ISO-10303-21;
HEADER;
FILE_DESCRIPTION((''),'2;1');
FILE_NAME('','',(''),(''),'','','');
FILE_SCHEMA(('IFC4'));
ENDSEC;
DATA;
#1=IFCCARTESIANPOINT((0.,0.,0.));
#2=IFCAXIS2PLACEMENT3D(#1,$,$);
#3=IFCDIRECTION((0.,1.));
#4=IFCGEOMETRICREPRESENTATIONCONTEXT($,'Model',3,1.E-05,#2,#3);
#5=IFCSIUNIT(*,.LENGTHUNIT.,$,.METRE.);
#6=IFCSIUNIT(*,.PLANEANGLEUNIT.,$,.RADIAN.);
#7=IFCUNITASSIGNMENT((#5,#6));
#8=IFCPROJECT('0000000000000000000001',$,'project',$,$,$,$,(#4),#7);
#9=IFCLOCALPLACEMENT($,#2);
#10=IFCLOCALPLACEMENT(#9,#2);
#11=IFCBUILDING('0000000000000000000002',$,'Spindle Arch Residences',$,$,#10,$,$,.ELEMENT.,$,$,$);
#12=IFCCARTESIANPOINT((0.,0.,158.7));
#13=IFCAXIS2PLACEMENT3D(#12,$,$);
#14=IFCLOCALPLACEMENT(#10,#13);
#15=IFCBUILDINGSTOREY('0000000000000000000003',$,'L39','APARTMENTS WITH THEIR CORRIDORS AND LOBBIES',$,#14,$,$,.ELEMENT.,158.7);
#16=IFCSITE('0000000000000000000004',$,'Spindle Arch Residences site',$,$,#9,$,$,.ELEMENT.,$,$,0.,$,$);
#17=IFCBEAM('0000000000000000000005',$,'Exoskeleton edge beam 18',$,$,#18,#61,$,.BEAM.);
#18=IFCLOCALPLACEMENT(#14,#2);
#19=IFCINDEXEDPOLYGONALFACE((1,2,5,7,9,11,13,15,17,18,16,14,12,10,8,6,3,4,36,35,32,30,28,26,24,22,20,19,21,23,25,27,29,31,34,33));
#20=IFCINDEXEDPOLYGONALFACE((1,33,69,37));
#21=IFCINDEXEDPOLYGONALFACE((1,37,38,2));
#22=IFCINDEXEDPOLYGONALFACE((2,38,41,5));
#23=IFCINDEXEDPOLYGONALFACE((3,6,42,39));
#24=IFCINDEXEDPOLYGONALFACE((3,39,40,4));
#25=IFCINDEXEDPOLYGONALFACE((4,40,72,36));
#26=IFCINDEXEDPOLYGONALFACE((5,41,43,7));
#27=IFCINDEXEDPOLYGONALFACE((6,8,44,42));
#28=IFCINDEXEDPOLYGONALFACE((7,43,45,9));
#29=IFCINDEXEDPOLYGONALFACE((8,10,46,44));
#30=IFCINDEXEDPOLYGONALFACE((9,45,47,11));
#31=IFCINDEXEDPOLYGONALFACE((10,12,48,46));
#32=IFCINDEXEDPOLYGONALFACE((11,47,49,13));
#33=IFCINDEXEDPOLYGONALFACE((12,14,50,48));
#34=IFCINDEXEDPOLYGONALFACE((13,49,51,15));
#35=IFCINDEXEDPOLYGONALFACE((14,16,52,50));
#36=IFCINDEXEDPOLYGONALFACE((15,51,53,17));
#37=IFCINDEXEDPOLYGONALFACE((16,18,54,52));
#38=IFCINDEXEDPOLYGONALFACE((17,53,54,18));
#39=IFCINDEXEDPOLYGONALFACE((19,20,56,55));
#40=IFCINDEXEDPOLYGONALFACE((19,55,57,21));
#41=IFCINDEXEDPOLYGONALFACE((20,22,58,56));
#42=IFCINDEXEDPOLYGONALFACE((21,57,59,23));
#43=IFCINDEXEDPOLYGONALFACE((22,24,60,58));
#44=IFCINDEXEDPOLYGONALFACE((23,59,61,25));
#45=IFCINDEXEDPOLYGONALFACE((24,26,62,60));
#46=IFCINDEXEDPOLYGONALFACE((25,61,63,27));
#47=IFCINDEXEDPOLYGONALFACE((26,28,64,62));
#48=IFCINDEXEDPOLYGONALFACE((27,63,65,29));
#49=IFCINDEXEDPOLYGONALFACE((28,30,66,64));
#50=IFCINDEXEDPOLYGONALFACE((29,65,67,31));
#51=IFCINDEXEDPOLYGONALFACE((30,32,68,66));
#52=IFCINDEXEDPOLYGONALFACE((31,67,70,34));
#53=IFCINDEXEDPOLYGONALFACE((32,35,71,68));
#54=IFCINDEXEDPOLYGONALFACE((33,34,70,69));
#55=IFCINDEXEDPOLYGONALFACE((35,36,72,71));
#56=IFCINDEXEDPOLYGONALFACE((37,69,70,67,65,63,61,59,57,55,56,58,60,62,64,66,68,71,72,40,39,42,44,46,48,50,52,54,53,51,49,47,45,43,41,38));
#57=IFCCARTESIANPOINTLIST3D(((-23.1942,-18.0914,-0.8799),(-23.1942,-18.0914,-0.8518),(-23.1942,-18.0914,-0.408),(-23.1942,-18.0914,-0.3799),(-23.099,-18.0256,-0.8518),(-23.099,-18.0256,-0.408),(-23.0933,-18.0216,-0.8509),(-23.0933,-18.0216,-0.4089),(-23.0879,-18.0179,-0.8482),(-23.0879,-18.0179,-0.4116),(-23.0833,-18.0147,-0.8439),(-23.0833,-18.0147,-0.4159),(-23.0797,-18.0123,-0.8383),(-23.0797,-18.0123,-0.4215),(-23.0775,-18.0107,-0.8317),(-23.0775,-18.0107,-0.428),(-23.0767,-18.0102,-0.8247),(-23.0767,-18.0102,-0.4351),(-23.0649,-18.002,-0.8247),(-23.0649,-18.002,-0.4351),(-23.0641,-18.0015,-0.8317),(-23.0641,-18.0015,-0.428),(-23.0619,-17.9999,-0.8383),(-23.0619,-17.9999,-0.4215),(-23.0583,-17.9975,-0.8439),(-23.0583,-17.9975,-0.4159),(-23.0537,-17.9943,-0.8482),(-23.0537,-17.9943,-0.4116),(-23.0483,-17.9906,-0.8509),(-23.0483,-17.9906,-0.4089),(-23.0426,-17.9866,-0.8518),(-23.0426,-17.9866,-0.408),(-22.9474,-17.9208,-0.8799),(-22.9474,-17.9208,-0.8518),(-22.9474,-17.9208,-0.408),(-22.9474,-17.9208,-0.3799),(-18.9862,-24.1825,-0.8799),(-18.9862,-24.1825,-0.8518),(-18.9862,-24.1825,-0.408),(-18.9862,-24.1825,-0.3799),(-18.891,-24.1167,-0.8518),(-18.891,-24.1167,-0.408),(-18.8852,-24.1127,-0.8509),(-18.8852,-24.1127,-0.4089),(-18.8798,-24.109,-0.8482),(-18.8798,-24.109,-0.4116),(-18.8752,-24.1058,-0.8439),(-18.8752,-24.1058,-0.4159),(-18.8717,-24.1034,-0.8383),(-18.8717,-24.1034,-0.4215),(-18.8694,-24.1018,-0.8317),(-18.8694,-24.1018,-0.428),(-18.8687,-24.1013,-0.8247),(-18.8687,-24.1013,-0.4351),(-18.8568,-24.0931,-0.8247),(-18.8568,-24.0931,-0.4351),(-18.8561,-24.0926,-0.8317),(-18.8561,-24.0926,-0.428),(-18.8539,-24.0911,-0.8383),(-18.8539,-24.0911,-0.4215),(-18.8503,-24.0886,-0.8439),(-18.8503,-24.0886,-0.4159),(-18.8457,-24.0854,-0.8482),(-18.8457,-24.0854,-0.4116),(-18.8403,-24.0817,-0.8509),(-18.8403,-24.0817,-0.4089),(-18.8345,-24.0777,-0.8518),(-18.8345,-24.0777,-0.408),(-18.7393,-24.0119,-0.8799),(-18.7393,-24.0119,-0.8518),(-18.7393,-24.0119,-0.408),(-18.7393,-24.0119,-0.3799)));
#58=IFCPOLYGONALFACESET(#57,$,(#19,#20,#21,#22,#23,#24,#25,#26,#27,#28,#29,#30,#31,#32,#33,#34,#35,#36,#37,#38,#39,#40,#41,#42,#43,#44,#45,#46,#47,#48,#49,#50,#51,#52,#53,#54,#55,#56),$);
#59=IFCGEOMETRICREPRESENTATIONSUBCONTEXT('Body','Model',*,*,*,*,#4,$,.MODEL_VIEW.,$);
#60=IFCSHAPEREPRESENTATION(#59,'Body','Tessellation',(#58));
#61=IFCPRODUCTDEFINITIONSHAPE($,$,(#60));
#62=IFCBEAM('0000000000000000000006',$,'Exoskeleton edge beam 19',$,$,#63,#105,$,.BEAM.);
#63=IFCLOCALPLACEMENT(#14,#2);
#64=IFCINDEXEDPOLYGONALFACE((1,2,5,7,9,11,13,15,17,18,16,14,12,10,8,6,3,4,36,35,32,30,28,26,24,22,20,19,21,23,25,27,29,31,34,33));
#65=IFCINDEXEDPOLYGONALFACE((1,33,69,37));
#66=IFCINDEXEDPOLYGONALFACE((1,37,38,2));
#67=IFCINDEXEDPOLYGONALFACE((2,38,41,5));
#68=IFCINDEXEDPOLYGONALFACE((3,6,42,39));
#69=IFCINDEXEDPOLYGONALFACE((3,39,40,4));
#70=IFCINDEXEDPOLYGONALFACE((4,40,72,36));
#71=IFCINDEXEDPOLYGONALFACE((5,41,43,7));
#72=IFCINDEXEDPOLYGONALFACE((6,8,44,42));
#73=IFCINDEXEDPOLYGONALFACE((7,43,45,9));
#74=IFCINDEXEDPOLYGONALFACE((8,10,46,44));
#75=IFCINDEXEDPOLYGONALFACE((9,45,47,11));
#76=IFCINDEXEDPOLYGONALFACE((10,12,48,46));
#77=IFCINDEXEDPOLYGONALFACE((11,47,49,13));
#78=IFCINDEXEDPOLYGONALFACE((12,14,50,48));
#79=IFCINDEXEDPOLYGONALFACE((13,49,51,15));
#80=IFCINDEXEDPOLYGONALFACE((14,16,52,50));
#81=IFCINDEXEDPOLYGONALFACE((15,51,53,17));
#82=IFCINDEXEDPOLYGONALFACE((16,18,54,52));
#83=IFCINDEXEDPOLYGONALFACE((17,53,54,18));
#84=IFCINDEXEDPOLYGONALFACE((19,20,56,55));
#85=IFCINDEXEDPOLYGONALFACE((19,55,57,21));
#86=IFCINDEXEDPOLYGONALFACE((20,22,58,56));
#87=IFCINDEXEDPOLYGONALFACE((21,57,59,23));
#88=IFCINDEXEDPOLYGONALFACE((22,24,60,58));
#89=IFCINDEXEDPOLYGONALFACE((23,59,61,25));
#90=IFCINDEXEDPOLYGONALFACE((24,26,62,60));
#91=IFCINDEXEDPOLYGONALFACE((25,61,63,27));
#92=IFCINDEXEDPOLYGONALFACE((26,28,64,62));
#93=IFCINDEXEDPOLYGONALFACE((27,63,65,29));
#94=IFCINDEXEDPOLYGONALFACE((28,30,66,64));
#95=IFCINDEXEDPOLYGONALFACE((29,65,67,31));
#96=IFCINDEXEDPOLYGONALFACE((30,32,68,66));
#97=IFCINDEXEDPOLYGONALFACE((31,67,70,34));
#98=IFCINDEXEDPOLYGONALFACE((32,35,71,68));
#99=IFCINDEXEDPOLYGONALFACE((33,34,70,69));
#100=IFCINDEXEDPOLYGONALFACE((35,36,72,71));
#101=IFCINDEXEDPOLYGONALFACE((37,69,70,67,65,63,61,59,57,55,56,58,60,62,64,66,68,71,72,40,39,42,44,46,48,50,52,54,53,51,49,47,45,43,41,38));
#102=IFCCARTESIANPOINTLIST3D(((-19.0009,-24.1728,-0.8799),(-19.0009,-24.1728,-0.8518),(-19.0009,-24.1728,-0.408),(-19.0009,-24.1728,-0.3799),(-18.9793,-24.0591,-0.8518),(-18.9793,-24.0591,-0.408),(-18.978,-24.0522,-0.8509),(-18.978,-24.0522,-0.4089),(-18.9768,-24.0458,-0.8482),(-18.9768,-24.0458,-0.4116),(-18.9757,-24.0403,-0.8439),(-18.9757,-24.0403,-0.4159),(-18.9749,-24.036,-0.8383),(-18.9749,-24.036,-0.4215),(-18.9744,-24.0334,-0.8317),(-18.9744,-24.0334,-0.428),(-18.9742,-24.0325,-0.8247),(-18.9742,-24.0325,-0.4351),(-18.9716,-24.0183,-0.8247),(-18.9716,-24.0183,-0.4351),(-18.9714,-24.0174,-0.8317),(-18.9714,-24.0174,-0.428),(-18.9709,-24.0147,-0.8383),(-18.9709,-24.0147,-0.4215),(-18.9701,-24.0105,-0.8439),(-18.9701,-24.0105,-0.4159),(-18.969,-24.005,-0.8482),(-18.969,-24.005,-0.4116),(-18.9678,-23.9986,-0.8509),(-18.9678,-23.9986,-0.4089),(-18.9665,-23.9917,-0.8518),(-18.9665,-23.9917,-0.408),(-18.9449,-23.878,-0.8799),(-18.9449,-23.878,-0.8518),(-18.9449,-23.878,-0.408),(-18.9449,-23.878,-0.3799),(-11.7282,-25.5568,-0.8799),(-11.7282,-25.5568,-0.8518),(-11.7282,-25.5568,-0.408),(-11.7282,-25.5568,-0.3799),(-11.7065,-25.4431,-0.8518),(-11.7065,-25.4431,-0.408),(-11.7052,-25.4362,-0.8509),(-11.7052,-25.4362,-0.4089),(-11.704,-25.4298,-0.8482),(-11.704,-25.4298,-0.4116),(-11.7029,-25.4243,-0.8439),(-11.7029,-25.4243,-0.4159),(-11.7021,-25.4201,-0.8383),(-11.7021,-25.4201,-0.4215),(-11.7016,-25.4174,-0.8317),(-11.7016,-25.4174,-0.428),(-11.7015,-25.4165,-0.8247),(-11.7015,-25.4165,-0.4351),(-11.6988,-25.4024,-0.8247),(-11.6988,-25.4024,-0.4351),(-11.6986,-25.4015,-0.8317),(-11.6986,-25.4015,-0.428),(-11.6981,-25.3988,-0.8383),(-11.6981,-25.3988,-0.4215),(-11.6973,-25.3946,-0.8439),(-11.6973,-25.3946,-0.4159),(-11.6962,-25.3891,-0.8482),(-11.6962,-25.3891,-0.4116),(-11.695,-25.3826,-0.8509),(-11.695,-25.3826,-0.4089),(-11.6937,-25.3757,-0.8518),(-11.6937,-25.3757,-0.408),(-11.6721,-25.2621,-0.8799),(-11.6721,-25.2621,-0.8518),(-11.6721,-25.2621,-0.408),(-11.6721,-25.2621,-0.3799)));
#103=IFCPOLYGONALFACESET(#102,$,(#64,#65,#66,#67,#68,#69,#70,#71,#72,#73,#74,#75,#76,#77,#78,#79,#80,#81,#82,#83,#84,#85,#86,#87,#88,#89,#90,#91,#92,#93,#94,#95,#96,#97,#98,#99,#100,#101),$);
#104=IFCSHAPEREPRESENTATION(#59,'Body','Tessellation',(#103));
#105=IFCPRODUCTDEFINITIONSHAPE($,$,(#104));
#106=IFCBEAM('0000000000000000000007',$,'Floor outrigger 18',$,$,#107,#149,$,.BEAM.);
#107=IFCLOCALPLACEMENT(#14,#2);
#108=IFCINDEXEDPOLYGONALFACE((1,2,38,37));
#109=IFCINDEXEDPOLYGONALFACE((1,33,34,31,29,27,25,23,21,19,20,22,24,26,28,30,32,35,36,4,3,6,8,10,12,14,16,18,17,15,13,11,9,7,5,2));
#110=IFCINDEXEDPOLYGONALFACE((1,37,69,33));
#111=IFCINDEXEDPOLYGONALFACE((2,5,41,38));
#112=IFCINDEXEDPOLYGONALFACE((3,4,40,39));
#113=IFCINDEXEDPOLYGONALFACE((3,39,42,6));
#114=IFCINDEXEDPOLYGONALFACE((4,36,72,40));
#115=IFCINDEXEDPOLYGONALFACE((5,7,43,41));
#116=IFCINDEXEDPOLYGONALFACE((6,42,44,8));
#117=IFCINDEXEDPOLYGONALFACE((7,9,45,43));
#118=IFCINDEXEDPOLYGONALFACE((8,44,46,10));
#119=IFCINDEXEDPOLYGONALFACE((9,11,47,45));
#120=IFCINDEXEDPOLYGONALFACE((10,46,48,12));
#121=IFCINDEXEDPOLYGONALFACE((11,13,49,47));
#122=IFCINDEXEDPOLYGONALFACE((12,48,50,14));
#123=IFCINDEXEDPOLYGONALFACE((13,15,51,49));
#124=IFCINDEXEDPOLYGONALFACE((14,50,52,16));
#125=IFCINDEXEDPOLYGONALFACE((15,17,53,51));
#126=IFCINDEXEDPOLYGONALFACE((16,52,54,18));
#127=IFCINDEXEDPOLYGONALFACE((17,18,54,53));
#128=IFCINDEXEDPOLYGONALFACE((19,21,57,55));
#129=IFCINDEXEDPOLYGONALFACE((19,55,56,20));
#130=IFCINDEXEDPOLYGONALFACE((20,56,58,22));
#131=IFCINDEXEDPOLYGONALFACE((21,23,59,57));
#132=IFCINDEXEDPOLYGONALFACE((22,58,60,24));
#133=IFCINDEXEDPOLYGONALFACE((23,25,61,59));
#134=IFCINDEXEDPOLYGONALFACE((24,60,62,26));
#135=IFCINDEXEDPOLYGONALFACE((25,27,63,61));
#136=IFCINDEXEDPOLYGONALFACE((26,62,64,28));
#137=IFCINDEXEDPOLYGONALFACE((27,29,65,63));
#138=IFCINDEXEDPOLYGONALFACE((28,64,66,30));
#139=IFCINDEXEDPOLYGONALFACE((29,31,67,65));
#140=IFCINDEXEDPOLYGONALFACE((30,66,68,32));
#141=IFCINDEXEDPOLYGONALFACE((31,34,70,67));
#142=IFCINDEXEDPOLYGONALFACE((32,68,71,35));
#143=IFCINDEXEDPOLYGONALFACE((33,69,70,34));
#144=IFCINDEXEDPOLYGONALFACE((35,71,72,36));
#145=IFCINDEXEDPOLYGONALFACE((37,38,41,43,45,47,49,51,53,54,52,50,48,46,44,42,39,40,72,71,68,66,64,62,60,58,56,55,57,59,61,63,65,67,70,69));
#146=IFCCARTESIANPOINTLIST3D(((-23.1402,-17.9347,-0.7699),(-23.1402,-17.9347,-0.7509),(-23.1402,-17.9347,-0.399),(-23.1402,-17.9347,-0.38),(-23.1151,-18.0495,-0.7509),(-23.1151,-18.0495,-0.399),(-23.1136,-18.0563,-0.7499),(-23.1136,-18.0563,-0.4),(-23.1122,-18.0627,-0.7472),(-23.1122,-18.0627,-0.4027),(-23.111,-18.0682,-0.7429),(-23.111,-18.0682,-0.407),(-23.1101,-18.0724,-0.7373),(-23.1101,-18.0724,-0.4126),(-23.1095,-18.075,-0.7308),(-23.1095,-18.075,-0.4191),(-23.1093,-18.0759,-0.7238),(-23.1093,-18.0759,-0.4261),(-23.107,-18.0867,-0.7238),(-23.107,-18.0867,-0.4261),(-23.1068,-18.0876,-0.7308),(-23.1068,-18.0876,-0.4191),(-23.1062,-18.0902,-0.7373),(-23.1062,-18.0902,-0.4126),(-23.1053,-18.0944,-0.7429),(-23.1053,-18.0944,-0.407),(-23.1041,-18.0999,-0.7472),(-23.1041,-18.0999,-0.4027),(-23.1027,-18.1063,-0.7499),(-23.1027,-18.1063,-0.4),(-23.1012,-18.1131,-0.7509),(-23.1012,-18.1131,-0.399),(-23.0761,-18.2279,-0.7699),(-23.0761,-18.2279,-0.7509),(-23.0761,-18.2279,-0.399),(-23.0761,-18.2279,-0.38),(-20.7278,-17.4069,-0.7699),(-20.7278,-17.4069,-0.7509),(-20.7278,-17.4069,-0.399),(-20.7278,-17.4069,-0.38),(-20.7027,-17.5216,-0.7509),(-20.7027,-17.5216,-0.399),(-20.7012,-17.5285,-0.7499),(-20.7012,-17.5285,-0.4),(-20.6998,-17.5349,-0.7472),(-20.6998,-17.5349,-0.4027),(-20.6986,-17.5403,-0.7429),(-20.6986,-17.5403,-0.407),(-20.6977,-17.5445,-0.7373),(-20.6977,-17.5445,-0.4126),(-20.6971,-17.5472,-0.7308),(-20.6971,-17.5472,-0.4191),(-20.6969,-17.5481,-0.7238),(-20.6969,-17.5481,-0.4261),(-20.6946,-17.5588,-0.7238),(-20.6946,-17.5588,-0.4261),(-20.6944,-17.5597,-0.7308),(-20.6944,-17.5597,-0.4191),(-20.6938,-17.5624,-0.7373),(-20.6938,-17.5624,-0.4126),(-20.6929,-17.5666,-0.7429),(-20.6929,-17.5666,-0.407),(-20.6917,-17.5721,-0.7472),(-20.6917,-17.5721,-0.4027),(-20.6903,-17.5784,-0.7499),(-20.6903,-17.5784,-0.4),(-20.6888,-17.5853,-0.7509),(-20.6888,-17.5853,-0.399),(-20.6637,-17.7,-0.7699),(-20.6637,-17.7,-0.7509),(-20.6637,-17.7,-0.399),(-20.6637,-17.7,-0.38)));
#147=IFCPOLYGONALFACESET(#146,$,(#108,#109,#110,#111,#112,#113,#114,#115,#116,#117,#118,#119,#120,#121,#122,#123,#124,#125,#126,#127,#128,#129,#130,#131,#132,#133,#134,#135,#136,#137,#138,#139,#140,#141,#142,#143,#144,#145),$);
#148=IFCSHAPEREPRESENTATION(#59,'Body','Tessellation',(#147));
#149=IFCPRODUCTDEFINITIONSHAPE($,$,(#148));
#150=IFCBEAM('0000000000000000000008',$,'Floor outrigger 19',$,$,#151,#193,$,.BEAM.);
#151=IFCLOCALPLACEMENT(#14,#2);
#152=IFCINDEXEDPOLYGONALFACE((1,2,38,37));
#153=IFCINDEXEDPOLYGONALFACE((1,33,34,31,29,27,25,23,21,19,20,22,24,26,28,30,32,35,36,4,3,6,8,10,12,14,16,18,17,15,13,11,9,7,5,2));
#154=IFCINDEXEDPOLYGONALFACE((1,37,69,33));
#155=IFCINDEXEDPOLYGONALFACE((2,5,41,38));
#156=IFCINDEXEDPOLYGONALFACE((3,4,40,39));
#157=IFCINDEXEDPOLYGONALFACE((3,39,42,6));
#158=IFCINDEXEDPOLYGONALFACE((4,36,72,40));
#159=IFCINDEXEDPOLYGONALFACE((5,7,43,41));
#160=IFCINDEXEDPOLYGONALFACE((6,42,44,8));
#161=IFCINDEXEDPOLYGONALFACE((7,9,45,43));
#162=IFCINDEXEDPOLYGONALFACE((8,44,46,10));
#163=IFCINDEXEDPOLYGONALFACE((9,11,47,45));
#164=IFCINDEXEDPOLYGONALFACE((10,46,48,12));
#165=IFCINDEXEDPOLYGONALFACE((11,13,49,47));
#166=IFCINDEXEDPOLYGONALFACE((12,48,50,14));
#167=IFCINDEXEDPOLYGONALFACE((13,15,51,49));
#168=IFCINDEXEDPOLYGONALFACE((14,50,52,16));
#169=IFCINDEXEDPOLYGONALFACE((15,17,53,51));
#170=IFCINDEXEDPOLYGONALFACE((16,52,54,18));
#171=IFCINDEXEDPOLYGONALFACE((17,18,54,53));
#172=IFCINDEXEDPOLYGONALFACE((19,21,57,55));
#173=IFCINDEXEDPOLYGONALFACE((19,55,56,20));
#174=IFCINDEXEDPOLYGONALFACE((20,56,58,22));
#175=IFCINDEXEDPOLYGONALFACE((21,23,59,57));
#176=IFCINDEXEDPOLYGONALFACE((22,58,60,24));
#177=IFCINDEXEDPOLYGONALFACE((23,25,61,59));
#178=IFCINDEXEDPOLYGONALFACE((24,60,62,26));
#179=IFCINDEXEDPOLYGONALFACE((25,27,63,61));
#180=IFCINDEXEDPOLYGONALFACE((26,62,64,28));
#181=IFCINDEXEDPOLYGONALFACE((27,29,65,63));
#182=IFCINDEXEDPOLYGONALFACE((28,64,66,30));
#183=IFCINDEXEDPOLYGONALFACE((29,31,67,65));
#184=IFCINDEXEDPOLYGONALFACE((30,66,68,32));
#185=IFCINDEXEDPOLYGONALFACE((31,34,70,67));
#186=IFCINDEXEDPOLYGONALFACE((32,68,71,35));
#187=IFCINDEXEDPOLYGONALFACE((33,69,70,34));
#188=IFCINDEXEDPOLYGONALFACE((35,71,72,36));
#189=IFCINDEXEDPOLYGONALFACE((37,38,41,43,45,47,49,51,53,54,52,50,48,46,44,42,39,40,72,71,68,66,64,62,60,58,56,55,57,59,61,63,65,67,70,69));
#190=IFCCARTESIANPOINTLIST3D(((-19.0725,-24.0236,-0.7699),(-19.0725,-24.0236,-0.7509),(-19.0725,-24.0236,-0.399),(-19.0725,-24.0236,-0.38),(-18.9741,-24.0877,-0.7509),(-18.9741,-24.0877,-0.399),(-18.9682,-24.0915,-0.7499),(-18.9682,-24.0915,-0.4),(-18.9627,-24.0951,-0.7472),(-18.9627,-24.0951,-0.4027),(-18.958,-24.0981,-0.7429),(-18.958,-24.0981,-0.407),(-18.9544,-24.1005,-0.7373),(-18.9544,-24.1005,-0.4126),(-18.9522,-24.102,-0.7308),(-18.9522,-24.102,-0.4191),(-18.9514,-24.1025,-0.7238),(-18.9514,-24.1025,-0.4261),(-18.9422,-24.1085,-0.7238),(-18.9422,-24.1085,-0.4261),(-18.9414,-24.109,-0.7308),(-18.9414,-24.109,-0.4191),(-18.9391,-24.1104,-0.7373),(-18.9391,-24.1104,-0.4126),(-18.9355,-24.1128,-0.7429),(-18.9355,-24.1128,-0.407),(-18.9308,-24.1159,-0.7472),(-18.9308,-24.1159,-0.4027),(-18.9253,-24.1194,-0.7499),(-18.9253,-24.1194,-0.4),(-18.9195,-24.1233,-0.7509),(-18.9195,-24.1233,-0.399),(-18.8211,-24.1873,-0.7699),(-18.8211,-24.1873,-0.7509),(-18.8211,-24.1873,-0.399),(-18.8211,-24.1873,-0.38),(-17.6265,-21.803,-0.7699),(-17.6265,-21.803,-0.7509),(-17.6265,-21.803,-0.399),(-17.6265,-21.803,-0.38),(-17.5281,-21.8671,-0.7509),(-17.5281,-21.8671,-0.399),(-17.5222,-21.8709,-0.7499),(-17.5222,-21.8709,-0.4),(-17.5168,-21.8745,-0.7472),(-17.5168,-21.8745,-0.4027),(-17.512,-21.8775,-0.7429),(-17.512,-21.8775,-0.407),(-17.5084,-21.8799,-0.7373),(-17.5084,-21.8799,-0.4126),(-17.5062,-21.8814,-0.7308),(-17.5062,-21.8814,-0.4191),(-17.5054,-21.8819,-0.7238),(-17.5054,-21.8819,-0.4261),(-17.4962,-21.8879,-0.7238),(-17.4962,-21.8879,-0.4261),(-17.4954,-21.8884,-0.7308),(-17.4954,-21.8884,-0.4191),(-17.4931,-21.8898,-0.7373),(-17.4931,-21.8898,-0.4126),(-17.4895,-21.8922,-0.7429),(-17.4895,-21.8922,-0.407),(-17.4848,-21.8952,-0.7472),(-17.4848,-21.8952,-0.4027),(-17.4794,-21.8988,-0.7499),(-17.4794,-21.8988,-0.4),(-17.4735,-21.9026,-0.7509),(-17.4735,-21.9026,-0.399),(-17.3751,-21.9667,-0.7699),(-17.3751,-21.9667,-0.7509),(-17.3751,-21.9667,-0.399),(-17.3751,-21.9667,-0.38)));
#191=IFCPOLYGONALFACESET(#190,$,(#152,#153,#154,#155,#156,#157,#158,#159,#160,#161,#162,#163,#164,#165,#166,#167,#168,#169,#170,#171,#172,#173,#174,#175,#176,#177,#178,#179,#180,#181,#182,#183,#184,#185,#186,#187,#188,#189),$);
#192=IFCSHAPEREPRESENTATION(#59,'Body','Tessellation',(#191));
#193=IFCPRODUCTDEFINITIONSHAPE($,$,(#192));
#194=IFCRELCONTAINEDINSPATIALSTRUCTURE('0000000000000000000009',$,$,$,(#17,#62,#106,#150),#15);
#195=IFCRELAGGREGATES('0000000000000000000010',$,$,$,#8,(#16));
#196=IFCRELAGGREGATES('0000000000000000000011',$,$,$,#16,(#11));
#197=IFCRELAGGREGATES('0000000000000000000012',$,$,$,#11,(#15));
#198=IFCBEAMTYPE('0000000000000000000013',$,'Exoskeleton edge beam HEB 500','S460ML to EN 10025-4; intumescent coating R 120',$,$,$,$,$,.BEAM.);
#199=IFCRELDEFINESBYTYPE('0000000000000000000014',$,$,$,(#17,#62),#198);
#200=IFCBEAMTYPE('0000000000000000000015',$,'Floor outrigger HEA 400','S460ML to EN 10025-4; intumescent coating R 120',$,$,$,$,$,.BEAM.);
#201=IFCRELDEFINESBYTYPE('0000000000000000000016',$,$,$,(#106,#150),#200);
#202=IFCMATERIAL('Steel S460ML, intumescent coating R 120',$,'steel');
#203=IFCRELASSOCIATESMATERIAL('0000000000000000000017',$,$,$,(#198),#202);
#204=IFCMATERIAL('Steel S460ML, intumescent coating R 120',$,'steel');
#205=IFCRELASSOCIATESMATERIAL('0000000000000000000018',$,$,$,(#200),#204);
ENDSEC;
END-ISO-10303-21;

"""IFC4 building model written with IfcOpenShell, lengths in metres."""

from ifc_helpers import new_model, si_unit, direction, frame, origin, origin_2d, place, context, subcontext, project, spatial, i_section, extrude, material, material_profile, profile_set, type_object, element, save


model = new_model("IFC4")

# Units and contexts
model_context = context("Model", 3, precision=1e-05, world=origin(), true_north=direction((0.0, 1.0)))
body_context = subcontext(model_context, "Body", "Model", "MODEL_VIEW")
ifc_project = project(units=[si_unit("LENGTHUNIT", "METRE"), si_unit("PLANEANGLEUNIT", "RADIAN")], contexts=[model_context])

# Site, building, storey
site_placement = place(None, origin())
site = spatial("IfcSite", under=ifc_project, at=site_placement, Name="Spindle Arch Residences site", CompositionType="ELEMENT", RefElevation=0.0)
building_placement = place(site_placement, origin())
building = spatial("IfcBuilding", under=site, at=building_placement, Name="Spindle Arch Residences", CompositionType="ELEMENT")
storey_placement = place(building_placement, frame((0.0, 0.0, 158.7)))
storey = spatial("IfcBuildingStorey", under=building, at=storey_placement, Name="L39", Description="APARTMENTS WITH THEIR CORRIDORS AND LOBBIES", CompositionType="ELEMENT", Elevation=158.7)

# Beams
ifc_material_1 = material(Name="Steel S460ML, intumescent coating R 120", Category="steel")
ifc_material_profile_1 = material_profile(ifc_material_1, i_section(OverallWidth=0.3, OverallDepth=0.5, WebThickness=0.0144, FlangeThickness=0.0281, FilletRadius=0.0271, at=origin_2d()), Name="HEB 500")
ifc_profile_set_1 = profile_set([ifc_material_profile_1], Name="Steel S460ML, intumescent coating R 120")
beam_type_1 = type_object("IfcBeamType", Name="Exoskeleton edge beam HEB 500", Description="S460ML to EN 10025-4; intumescent coating R 120", PredefinedType="BEAM", material=ifc_profile_set_1)
for number, where, z_axis, x_axis, name in (
    (1, (-23.0708, -18.0061, -0.6299), (0.568399, -0.822753, 0.0), (0.822753, 0.568399, 0.0), "Exoskeleton edge beam 18"),
    (2, (-18.9729, -24.0254, -0.6299), (0.982369, -0.18695, 0.0), (0.18695, 0.982369, 0.0), "Exoskeleton edge beam 19"),
):
    element("IfcBeam", number, at=place(storey_placement, frame(where, z_axis=z_axis, x_axis=x_axis)), inside=storey, type_object=beam_type_1, Name=name, PredefinedType="BEAM", context=body_context, shape_type="SweptSolid", body=[
        extrude(i_section(OverallWidth=0.3, OverallDepth=0.5, WebThickness=0.0144, FlangeThickness=0.0281, FilletRadius=0.0271, at=origin_2d()), origin(), (0.0, 0.0, 1.0), 7.4033),
    ])
ifc_material_2 = material(Name="Steel S460ML, intumescent coating R 120", Category="steel")
ifc_material_profile_2 = material_profile(ifc_material_2, i_section(OverallWidth=0.3, OverallDepth=0.3899, WebThickness=0.011, FlangeThickness=0.019, FilletRadius=0.0271, at=origin_2d()), Name="HEA 400")
ifc_profile_set_2 = profile_set([ifc_material_profile_2], Name="Steel S460ML, intumescent coating R 120")
beam_type_2 = type_object("IfcBeamType", Name="Floor outrigger HEA 400", Description="S460ML to EN 10025-4; intumescent coating R 120", PredefinedType="BEAM", material=ifc_profile_set_2)
beam_1_placement = place(storey_placement, frame((-23.1082, -18.0813, -0.575), z_axis=(0.976889, 0.213747, 0.0), x_axis=(-0.213747, 0.976889, 0.0)))
element("IfcBeam", 3, at=beam_1_placement, inside=storey, type_object=beam_type_2, Name="Floor outrigger 18", PredefinedType="BEAM", context=body_context, shape_type="SweptSolid", body=[
    extrude(i_section(OverallWidth=0.3, OverallDepth=0.3899, WebThickness=0.011, FlangeThickness=0.019, FilletRadius=0.0271, at=origin_2d()), origin(), (0.0, 0.0, 1.0), 2.4695),
])
beam_2_placement = place(storey_placement, frame((-18.9468, -24.1055, -0.575), z_axis=(0.545675, 0.837997, 0.0), x_axis=(-0.837997, 0.545675, 0.0)))
element("IfcBeam", 4, at=beam_2_placement, inside=storey, type_object=beam_type_2, Name="Floor outrigger 19", PredefinedType="BEAM", context=body_context, shape_type="SweptSolid", body=[
    extrude(i_section(OverallWidth=0.3, OverallDepth=0.3899, WebThickness=0.011, FlangeThickness=0.019, FilletRadius=0.0271, at=origin_2d()), origin(), (0.0, 0.0, 1.0), 2.6499),
])

save(model, "model.ifc")
